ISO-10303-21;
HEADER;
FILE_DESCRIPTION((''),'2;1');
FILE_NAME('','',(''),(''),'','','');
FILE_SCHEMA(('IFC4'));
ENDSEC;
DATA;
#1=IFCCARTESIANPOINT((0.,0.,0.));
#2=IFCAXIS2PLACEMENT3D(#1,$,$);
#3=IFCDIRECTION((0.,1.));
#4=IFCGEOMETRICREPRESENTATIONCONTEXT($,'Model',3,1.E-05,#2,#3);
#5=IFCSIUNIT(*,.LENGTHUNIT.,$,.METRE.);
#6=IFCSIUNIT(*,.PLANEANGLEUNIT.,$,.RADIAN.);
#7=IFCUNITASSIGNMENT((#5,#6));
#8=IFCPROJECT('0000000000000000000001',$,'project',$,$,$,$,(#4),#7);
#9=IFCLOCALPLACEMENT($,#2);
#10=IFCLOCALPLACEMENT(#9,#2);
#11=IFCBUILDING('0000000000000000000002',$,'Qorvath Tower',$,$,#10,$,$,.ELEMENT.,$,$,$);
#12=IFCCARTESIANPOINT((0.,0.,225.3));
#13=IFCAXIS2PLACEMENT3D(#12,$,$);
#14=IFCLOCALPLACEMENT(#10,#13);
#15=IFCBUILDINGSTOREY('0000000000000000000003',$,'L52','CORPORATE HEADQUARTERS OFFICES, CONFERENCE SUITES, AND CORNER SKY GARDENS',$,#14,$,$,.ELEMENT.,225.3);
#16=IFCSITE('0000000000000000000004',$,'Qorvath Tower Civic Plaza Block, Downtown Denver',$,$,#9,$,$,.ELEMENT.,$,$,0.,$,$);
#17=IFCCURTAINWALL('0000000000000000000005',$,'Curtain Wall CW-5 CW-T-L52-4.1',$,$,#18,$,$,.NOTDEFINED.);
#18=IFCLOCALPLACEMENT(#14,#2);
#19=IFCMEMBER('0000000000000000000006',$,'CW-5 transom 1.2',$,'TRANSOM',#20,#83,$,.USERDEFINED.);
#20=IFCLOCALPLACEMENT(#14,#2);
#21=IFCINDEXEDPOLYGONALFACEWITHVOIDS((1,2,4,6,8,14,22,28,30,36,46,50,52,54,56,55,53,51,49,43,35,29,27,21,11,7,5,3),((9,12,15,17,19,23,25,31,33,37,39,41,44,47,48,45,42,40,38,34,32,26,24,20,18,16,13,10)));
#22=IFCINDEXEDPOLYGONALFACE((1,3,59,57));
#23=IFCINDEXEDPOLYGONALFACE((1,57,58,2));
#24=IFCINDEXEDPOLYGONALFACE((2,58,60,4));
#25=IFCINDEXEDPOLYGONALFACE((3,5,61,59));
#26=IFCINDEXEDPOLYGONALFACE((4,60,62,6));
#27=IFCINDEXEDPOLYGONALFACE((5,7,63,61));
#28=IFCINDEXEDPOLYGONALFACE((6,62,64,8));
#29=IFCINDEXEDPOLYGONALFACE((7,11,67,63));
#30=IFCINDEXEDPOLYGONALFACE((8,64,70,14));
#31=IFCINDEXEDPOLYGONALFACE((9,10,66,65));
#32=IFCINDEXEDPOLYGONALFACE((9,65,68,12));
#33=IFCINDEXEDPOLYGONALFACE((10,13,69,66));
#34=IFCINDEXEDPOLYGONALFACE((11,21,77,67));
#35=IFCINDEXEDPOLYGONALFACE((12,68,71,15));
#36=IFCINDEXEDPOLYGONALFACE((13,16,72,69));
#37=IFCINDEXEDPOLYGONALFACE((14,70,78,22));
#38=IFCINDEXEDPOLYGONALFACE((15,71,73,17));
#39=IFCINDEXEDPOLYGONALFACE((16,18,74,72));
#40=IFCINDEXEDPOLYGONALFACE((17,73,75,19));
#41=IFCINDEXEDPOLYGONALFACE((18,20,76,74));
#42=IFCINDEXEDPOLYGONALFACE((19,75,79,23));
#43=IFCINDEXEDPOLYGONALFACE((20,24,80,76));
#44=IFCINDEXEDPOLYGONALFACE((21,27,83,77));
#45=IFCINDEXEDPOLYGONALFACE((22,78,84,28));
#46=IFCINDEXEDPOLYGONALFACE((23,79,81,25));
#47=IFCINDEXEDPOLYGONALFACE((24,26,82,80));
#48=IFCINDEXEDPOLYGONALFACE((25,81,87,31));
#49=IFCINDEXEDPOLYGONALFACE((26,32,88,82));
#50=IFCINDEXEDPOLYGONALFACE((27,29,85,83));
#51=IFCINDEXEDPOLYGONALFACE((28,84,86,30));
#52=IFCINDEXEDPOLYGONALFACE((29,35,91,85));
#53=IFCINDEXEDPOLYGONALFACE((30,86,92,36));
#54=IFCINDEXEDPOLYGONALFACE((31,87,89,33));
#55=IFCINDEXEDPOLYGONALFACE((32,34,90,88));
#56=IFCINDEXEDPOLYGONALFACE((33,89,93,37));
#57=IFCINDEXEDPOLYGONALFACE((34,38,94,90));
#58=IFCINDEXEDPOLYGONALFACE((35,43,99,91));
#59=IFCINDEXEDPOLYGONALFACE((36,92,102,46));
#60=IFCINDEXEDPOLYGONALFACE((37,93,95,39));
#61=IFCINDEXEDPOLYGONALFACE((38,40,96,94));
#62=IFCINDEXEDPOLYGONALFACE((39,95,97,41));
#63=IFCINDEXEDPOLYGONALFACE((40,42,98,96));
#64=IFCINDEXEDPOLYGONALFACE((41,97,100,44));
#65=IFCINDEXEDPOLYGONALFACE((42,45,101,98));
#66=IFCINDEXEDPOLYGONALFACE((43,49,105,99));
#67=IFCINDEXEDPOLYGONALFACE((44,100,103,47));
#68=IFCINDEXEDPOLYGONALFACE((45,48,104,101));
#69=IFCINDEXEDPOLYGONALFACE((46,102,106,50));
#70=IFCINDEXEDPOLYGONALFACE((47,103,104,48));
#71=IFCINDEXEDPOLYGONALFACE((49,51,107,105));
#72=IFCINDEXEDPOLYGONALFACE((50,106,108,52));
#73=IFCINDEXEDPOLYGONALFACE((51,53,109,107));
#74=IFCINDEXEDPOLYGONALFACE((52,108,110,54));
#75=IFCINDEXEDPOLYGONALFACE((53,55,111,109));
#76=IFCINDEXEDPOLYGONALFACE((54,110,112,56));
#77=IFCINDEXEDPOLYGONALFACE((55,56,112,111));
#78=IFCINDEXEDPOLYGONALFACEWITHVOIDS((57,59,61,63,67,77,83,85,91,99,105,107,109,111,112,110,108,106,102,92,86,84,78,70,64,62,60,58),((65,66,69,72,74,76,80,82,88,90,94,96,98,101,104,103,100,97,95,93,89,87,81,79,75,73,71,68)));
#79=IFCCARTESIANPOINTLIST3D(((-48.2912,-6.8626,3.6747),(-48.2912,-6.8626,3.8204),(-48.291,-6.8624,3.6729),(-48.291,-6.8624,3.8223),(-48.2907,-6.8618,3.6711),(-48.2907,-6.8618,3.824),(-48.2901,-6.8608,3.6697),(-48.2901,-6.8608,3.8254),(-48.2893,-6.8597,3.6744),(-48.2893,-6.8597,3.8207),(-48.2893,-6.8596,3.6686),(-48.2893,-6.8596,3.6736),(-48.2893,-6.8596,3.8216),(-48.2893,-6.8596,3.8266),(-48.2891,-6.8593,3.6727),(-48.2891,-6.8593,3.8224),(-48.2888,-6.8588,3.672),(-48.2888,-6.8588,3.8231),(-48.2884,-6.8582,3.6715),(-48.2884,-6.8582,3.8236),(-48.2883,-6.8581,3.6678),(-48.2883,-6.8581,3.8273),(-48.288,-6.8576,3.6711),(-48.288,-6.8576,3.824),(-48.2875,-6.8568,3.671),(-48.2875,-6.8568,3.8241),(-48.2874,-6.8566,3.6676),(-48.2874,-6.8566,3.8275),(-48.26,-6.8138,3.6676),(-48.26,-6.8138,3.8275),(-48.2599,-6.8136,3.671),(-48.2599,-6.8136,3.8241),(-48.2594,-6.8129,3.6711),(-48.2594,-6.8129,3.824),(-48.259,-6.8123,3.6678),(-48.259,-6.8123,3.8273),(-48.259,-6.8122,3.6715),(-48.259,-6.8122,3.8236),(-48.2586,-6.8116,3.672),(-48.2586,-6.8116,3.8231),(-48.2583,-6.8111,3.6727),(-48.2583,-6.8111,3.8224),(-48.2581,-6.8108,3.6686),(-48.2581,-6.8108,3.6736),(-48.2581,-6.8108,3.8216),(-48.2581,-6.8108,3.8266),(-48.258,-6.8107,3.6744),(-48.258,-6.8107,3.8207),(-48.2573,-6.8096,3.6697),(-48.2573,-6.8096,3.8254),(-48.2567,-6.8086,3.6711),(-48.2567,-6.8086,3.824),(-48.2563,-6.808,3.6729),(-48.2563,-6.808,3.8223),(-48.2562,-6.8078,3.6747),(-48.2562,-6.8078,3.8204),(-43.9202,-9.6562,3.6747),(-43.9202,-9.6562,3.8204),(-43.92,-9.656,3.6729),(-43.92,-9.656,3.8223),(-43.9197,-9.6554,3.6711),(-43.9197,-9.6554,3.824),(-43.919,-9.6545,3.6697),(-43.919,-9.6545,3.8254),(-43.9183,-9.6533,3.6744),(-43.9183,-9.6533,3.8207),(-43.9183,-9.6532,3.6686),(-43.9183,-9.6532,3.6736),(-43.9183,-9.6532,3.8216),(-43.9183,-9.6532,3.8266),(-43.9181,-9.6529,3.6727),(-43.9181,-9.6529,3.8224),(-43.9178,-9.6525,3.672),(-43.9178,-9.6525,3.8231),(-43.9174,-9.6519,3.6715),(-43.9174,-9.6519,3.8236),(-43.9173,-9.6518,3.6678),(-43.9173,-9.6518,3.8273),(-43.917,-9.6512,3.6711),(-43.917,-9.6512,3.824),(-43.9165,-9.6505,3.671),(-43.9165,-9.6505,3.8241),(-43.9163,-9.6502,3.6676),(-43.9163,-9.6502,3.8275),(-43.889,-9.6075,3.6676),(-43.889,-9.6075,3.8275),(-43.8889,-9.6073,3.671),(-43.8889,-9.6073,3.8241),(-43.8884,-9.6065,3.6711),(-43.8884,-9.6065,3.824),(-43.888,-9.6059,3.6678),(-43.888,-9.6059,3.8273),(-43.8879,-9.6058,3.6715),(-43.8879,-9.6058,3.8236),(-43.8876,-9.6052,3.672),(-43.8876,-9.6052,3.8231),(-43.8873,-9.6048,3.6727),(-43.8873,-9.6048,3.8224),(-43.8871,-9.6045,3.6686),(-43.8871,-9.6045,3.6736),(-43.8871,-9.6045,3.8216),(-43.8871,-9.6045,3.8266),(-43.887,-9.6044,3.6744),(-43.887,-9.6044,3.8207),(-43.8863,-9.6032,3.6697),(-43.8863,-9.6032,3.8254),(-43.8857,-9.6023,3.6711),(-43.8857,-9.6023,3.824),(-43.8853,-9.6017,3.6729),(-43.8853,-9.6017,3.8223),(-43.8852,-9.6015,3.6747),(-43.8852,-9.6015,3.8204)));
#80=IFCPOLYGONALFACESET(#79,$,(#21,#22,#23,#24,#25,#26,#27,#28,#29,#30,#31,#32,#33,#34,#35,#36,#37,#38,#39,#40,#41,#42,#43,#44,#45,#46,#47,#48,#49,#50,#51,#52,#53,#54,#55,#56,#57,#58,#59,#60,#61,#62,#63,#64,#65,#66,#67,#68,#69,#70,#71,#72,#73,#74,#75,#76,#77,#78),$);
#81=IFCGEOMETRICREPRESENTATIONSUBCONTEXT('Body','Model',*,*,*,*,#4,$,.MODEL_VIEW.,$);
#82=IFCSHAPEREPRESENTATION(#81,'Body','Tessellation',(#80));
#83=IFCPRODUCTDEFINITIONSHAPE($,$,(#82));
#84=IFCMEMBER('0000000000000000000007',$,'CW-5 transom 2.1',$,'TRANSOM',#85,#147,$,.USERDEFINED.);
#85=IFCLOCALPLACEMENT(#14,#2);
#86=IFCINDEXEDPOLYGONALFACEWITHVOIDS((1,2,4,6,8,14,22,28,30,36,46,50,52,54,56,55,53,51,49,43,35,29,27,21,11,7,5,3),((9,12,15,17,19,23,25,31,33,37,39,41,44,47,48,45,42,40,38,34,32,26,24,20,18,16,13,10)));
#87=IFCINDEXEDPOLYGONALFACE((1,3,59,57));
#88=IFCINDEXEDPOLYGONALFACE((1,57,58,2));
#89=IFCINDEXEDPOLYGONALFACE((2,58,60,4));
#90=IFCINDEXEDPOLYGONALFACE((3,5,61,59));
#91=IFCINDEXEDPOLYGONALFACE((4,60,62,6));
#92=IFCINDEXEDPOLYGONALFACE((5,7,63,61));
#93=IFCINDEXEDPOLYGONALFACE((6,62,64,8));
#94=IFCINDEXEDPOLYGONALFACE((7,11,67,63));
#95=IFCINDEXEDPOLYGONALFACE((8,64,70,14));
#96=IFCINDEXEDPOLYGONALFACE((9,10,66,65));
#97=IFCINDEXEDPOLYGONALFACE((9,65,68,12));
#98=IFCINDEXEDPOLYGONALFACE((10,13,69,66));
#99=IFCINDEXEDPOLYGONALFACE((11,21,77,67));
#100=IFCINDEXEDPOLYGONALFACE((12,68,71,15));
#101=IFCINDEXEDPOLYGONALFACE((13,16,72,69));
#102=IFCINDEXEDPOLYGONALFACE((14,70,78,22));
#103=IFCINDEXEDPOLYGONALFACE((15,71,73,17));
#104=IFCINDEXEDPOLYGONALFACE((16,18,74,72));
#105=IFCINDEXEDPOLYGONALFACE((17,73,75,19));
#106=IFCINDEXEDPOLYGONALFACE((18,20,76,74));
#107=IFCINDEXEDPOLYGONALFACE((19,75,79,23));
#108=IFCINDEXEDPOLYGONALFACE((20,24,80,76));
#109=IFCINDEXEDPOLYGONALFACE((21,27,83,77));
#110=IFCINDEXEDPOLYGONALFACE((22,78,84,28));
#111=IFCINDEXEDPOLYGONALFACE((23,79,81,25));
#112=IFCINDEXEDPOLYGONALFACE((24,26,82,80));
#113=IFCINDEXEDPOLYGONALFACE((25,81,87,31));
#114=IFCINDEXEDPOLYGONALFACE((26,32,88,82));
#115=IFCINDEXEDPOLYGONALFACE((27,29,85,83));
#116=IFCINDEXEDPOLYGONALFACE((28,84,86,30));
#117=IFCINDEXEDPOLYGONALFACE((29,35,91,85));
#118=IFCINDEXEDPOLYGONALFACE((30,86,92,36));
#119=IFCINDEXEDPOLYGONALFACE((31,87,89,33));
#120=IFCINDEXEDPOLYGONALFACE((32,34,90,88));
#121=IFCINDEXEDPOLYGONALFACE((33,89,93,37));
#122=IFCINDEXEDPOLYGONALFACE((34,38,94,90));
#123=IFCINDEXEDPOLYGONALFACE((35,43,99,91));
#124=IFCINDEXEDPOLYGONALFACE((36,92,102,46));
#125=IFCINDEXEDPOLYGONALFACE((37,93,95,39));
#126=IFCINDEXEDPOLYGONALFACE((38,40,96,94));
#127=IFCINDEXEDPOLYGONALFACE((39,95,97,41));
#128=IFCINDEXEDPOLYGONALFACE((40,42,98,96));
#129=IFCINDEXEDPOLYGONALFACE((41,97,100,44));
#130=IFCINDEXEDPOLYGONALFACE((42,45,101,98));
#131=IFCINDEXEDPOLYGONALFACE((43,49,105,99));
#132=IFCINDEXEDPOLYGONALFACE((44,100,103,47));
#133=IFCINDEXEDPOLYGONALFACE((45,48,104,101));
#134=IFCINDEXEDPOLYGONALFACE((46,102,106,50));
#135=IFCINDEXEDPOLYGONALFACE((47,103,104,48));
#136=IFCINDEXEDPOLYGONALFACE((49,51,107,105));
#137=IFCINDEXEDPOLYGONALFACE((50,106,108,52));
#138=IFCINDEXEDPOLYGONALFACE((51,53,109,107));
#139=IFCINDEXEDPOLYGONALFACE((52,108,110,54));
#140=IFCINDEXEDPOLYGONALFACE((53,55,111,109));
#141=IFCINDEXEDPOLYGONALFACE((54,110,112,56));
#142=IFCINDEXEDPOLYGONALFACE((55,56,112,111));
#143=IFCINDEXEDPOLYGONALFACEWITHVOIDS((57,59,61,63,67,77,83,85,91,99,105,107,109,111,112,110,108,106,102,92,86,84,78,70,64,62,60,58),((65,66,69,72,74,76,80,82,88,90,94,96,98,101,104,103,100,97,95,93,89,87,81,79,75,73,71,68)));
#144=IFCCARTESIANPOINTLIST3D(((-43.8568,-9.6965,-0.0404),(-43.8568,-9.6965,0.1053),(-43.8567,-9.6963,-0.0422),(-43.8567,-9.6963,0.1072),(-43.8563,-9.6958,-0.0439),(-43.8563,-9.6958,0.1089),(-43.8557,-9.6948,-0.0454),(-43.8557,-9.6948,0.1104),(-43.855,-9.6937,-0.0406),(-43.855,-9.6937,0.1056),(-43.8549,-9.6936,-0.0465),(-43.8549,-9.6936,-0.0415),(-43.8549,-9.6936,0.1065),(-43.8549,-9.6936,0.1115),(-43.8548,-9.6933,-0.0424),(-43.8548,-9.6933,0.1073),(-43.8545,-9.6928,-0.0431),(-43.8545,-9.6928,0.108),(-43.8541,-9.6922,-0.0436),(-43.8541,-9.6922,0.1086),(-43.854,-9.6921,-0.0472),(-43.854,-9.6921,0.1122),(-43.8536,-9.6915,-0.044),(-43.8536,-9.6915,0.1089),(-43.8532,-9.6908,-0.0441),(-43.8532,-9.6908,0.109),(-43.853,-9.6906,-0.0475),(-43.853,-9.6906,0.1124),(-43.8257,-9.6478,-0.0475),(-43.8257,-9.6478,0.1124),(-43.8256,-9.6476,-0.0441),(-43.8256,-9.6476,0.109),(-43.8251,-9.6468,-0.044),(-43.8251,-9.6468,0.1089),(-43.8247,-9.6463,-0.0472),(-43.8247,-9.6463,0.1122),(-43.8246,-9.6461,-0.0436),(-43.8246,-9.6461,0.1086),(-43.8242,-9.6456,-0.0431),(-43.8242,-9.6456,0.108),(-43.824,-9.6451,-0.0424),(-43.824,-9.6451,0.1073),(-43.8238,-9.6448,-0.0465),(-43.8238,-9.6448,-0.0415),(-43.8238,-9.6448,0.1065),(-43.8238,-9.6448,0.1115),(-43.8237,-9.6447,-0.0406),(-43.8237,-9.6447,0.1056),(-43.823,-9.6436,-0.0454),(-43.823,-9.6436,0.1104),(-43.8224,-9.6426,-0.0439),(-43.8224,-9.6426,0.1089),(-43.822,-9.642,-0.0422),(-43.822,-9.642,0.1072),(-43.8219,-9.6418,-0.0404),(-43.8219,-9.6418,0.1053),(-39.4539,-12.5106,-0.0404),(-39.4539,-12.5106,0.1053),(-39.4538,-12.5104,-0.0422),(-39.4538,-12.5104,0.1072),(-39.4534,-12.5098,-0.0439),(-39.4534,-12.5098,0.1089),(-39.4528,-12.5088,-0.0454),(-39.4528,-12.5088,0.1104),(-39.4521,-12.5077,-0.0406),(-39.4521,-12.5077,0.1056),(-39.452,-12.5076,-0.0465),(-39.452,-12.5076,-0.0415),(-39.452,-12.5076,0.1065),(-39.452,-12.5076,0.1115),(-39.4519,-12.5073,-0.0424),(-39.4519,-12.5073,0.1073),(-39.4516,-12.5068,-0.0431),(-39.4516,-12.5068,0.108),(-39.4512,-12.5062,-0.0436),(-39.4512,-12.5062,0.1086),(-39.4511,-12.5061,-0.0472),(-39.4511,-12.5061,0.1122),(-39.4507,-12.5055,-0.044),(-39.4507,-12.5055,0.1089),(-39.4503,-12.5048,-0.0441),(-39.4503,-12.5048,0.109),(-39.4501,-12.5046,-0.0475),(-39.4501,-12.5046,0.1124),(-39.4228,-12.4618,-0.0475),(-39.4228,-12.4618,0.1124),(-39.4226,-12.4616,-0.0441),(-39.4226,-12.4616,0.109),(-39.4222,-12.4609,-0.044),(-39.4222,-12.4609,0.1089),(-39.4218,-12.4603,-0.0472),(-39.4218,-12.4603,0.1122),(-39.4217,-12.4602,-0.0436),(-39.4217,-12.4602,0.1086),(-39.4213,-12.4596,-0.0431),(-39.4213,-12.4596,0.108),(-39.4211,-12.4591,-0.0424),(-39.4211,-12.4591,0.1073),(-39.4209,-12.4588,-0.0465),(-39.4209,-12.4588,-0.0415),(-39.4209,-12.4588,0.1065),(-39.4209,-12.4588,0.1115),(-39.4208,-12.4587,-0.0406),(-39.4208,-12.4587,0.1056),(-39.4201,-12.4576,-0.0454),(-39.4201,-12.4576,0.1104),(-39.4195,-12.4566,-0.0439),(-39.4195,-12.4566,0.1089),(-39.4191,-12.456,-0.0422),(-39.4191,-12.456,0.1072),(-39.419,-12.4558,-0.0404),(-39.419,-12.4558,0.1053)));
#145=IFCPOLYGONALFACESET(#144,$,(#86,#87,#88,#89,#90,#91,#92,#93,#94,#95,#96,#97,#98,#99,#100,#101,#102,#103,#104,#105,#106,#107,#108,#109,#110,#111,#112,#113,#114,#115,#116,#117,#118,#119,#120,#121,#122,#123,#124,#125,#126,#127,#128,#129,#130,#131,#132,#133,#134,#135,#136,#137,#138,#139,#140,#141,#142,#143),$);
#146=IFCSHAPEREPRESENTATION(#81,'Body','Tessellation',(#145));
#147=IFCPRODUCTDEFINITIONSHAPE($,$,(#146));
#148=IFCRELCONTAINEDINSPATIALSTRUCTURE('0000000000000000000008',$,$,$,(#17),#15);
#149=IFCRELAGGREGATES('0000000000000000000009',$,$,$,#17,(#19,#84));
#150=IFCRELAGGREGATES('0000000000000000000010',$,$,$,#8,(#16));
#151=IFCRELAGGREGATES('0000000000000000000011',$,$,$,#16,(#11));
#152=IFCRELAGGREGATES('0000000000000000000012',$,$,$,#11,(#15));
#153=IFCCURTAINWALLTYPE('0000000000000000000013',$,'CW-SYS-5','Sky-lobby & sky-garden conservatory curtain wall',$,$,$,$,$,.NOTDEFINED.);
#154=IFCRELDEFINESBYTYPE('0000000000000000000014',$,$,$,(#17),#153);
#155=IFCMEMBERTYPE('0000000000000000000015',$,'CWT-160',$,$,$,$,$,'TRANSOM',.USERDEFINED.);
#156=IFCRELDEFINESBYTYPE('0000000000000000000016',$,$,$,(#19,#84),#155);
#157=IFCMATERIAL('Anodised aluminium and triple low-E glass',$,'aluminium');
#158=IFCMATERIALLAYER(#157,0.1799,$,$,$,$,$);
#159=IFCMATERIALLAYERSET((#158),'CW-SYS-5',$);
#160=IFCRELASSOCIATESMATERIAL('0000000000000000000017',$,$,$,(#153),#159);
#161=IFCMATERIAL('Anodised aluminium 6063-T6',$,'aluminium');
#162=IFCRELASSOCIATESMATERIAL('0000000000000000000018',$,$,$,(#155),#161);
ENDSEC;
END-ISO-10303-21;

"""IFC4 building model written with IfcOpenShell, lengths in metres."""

from ifc_helpers import new_model, si_unit, direction, frame, origin, origin_2d, place, context, subcontext, project, spatial, hollow_rectangle, extrude, material, layer, layer_set, material_profile, profile_set, type_object, element, aggregate, save


model = new_model("IFC4")

# Units and contexts
model_context = context("Model", 3, precision=1e-05, world=origin(), true_north=direction((0.0, 1.0)))
body_context = subcontext(model_context, "Body", "Model", "MODEL_VIEW")
ifc_project = project(units=[si_unit("LENGTHUNIT", "METRE"), si_unit("PLANEANGLEUNIT", "RADIAN")], contexts=[model_context])

# Site, building, storey
site_placement = place(None, origin())
site = spatial("IfcSite", under=ifc_project, at=site_placement, Name="Qorvath Tower Civic Plaza Block, Downtown Denver", CompositionType="ELEMENT", RefElevation=0.0)
building_placement = place(site_placement, origin())
building = spatial("IfcBuilding", under=site, at=building_placement, Name="Qorvath Tower", CompositionType="ELEMENT")
storey_placement = place(building_placement, frame((0.0, 0.0, 225.3)))
storey = spatial("IfcBuildingStorey", under=building, at=storey_placement, Name="L52", Description="CORPORATE HEADQUARTERS OFFICES, CONFERENCE SUITES, AND CORNER SKY GARDENS", CompositionType="ELEMENT", Elevation=225.3)

# Shared definitions
ifc_material_1 = material(Name="Anodised aluminium and triple low-E glass", Category="aluminium")
ifc_layer_1 = layer(ifc_material_1, 0.1799)
ifc_layer_set_1 = layer_set([ifc_layer_1], Name="CW-SYS-5")
curtain_wall_type = type_object("IfcCurtainWallType", Name="CW-SYS-5", Description="Sky-lobby & sky-garden conservatory curtain wall", PredefinedType="NOTDEFINED", material=ifc_layer_set_1)

# Curtain wall
curtain_wall_1_placement = place(storey_placement, origin())
curtain_wall_1 = element("IfcCurtainWall", 1, at=curtain_wall_1_placement, inside=storey, type_object=curtain_wall_type, Name="Curtain Wall CW-5 CW-T-L52-4.1", PredefinedType="NOTDEFINED")

# Members
ifc_material_2 = material(Name="Anodised aluminium 6063-T6", Category="aluminium")
ifc_material_profile_1 = material_profile(ifc_material_2, hollow_rectangle(XDim=0.0649, YDim=0.1599, WallThickness=0.0034, InnerFilletRadius=0.0034, OuterFilletRadius=0.0071, at=origin_2d()), Name="CWT 160x65")
ifc_profile_set_1 = profile_set([ifc_material_profile_1], Name="Anodised aluminium 6063-T6")
member_type_1 = type_object("IfcMemberType", Name="CWT-160", ElementType="TRANSOM", PredefinedType="USERDEFINED", material=ifc_profile_set_1)
member_1_placement = place(storey_placement, frame((-48.2737, -6.8352, 3.7476), z_axis=(0.842604, -0.538534, 0.0), x_axis=(0.538534, 0.842604, 0.0)))
member_1 = element("IfcMember", 2, at=member_1_placement, type_object=member_type_1, Name="CW-5 transom 1.2", ObjectType="TRANSOM", PredefinedType="USERDEFINED", context=body_context, shape_type="SweptSolid", body=[
    extrude(hollow_rectangle(XDim=0.0649, YDim=0.1599, WallThickness=0.0034, InnerFilletRadius=0.0034, OuterFilletRadius=0.0071, at=origin_2d()), origin(), (0.0, 0.0, 1.0), 5.1875),
])
member_2_placement = place(storey_placement, frame((-43.8394, -9.6692, 0.0325), z_axis=(0.842606, -0.538531, 0.0), x_axis=(0.538531, 0.842606, 0.0)))
member_2 = element("IfcMember", 3, at=member_2_placement, type_object=member_type_1, Name="CW-5 transom 2.1", ObjectType="TRANSOM", PredefinedType="USERDEFINED", context=body_context, shape_type="SweptSolid", body=[
    extrude(hollow_rectangle(XDim=0.0649, YDim=0.1599, WallThickness=0.0034, InnerFilletRadius=0.0034, OuterFilletRadius=0.0071, at=origin_2d()), origin(), (0.0, 0.0, 1.0), 5.2253),
])

aggregate(curtain_wall_1, [member_1, member_2])

save(model, "model.ifc")
